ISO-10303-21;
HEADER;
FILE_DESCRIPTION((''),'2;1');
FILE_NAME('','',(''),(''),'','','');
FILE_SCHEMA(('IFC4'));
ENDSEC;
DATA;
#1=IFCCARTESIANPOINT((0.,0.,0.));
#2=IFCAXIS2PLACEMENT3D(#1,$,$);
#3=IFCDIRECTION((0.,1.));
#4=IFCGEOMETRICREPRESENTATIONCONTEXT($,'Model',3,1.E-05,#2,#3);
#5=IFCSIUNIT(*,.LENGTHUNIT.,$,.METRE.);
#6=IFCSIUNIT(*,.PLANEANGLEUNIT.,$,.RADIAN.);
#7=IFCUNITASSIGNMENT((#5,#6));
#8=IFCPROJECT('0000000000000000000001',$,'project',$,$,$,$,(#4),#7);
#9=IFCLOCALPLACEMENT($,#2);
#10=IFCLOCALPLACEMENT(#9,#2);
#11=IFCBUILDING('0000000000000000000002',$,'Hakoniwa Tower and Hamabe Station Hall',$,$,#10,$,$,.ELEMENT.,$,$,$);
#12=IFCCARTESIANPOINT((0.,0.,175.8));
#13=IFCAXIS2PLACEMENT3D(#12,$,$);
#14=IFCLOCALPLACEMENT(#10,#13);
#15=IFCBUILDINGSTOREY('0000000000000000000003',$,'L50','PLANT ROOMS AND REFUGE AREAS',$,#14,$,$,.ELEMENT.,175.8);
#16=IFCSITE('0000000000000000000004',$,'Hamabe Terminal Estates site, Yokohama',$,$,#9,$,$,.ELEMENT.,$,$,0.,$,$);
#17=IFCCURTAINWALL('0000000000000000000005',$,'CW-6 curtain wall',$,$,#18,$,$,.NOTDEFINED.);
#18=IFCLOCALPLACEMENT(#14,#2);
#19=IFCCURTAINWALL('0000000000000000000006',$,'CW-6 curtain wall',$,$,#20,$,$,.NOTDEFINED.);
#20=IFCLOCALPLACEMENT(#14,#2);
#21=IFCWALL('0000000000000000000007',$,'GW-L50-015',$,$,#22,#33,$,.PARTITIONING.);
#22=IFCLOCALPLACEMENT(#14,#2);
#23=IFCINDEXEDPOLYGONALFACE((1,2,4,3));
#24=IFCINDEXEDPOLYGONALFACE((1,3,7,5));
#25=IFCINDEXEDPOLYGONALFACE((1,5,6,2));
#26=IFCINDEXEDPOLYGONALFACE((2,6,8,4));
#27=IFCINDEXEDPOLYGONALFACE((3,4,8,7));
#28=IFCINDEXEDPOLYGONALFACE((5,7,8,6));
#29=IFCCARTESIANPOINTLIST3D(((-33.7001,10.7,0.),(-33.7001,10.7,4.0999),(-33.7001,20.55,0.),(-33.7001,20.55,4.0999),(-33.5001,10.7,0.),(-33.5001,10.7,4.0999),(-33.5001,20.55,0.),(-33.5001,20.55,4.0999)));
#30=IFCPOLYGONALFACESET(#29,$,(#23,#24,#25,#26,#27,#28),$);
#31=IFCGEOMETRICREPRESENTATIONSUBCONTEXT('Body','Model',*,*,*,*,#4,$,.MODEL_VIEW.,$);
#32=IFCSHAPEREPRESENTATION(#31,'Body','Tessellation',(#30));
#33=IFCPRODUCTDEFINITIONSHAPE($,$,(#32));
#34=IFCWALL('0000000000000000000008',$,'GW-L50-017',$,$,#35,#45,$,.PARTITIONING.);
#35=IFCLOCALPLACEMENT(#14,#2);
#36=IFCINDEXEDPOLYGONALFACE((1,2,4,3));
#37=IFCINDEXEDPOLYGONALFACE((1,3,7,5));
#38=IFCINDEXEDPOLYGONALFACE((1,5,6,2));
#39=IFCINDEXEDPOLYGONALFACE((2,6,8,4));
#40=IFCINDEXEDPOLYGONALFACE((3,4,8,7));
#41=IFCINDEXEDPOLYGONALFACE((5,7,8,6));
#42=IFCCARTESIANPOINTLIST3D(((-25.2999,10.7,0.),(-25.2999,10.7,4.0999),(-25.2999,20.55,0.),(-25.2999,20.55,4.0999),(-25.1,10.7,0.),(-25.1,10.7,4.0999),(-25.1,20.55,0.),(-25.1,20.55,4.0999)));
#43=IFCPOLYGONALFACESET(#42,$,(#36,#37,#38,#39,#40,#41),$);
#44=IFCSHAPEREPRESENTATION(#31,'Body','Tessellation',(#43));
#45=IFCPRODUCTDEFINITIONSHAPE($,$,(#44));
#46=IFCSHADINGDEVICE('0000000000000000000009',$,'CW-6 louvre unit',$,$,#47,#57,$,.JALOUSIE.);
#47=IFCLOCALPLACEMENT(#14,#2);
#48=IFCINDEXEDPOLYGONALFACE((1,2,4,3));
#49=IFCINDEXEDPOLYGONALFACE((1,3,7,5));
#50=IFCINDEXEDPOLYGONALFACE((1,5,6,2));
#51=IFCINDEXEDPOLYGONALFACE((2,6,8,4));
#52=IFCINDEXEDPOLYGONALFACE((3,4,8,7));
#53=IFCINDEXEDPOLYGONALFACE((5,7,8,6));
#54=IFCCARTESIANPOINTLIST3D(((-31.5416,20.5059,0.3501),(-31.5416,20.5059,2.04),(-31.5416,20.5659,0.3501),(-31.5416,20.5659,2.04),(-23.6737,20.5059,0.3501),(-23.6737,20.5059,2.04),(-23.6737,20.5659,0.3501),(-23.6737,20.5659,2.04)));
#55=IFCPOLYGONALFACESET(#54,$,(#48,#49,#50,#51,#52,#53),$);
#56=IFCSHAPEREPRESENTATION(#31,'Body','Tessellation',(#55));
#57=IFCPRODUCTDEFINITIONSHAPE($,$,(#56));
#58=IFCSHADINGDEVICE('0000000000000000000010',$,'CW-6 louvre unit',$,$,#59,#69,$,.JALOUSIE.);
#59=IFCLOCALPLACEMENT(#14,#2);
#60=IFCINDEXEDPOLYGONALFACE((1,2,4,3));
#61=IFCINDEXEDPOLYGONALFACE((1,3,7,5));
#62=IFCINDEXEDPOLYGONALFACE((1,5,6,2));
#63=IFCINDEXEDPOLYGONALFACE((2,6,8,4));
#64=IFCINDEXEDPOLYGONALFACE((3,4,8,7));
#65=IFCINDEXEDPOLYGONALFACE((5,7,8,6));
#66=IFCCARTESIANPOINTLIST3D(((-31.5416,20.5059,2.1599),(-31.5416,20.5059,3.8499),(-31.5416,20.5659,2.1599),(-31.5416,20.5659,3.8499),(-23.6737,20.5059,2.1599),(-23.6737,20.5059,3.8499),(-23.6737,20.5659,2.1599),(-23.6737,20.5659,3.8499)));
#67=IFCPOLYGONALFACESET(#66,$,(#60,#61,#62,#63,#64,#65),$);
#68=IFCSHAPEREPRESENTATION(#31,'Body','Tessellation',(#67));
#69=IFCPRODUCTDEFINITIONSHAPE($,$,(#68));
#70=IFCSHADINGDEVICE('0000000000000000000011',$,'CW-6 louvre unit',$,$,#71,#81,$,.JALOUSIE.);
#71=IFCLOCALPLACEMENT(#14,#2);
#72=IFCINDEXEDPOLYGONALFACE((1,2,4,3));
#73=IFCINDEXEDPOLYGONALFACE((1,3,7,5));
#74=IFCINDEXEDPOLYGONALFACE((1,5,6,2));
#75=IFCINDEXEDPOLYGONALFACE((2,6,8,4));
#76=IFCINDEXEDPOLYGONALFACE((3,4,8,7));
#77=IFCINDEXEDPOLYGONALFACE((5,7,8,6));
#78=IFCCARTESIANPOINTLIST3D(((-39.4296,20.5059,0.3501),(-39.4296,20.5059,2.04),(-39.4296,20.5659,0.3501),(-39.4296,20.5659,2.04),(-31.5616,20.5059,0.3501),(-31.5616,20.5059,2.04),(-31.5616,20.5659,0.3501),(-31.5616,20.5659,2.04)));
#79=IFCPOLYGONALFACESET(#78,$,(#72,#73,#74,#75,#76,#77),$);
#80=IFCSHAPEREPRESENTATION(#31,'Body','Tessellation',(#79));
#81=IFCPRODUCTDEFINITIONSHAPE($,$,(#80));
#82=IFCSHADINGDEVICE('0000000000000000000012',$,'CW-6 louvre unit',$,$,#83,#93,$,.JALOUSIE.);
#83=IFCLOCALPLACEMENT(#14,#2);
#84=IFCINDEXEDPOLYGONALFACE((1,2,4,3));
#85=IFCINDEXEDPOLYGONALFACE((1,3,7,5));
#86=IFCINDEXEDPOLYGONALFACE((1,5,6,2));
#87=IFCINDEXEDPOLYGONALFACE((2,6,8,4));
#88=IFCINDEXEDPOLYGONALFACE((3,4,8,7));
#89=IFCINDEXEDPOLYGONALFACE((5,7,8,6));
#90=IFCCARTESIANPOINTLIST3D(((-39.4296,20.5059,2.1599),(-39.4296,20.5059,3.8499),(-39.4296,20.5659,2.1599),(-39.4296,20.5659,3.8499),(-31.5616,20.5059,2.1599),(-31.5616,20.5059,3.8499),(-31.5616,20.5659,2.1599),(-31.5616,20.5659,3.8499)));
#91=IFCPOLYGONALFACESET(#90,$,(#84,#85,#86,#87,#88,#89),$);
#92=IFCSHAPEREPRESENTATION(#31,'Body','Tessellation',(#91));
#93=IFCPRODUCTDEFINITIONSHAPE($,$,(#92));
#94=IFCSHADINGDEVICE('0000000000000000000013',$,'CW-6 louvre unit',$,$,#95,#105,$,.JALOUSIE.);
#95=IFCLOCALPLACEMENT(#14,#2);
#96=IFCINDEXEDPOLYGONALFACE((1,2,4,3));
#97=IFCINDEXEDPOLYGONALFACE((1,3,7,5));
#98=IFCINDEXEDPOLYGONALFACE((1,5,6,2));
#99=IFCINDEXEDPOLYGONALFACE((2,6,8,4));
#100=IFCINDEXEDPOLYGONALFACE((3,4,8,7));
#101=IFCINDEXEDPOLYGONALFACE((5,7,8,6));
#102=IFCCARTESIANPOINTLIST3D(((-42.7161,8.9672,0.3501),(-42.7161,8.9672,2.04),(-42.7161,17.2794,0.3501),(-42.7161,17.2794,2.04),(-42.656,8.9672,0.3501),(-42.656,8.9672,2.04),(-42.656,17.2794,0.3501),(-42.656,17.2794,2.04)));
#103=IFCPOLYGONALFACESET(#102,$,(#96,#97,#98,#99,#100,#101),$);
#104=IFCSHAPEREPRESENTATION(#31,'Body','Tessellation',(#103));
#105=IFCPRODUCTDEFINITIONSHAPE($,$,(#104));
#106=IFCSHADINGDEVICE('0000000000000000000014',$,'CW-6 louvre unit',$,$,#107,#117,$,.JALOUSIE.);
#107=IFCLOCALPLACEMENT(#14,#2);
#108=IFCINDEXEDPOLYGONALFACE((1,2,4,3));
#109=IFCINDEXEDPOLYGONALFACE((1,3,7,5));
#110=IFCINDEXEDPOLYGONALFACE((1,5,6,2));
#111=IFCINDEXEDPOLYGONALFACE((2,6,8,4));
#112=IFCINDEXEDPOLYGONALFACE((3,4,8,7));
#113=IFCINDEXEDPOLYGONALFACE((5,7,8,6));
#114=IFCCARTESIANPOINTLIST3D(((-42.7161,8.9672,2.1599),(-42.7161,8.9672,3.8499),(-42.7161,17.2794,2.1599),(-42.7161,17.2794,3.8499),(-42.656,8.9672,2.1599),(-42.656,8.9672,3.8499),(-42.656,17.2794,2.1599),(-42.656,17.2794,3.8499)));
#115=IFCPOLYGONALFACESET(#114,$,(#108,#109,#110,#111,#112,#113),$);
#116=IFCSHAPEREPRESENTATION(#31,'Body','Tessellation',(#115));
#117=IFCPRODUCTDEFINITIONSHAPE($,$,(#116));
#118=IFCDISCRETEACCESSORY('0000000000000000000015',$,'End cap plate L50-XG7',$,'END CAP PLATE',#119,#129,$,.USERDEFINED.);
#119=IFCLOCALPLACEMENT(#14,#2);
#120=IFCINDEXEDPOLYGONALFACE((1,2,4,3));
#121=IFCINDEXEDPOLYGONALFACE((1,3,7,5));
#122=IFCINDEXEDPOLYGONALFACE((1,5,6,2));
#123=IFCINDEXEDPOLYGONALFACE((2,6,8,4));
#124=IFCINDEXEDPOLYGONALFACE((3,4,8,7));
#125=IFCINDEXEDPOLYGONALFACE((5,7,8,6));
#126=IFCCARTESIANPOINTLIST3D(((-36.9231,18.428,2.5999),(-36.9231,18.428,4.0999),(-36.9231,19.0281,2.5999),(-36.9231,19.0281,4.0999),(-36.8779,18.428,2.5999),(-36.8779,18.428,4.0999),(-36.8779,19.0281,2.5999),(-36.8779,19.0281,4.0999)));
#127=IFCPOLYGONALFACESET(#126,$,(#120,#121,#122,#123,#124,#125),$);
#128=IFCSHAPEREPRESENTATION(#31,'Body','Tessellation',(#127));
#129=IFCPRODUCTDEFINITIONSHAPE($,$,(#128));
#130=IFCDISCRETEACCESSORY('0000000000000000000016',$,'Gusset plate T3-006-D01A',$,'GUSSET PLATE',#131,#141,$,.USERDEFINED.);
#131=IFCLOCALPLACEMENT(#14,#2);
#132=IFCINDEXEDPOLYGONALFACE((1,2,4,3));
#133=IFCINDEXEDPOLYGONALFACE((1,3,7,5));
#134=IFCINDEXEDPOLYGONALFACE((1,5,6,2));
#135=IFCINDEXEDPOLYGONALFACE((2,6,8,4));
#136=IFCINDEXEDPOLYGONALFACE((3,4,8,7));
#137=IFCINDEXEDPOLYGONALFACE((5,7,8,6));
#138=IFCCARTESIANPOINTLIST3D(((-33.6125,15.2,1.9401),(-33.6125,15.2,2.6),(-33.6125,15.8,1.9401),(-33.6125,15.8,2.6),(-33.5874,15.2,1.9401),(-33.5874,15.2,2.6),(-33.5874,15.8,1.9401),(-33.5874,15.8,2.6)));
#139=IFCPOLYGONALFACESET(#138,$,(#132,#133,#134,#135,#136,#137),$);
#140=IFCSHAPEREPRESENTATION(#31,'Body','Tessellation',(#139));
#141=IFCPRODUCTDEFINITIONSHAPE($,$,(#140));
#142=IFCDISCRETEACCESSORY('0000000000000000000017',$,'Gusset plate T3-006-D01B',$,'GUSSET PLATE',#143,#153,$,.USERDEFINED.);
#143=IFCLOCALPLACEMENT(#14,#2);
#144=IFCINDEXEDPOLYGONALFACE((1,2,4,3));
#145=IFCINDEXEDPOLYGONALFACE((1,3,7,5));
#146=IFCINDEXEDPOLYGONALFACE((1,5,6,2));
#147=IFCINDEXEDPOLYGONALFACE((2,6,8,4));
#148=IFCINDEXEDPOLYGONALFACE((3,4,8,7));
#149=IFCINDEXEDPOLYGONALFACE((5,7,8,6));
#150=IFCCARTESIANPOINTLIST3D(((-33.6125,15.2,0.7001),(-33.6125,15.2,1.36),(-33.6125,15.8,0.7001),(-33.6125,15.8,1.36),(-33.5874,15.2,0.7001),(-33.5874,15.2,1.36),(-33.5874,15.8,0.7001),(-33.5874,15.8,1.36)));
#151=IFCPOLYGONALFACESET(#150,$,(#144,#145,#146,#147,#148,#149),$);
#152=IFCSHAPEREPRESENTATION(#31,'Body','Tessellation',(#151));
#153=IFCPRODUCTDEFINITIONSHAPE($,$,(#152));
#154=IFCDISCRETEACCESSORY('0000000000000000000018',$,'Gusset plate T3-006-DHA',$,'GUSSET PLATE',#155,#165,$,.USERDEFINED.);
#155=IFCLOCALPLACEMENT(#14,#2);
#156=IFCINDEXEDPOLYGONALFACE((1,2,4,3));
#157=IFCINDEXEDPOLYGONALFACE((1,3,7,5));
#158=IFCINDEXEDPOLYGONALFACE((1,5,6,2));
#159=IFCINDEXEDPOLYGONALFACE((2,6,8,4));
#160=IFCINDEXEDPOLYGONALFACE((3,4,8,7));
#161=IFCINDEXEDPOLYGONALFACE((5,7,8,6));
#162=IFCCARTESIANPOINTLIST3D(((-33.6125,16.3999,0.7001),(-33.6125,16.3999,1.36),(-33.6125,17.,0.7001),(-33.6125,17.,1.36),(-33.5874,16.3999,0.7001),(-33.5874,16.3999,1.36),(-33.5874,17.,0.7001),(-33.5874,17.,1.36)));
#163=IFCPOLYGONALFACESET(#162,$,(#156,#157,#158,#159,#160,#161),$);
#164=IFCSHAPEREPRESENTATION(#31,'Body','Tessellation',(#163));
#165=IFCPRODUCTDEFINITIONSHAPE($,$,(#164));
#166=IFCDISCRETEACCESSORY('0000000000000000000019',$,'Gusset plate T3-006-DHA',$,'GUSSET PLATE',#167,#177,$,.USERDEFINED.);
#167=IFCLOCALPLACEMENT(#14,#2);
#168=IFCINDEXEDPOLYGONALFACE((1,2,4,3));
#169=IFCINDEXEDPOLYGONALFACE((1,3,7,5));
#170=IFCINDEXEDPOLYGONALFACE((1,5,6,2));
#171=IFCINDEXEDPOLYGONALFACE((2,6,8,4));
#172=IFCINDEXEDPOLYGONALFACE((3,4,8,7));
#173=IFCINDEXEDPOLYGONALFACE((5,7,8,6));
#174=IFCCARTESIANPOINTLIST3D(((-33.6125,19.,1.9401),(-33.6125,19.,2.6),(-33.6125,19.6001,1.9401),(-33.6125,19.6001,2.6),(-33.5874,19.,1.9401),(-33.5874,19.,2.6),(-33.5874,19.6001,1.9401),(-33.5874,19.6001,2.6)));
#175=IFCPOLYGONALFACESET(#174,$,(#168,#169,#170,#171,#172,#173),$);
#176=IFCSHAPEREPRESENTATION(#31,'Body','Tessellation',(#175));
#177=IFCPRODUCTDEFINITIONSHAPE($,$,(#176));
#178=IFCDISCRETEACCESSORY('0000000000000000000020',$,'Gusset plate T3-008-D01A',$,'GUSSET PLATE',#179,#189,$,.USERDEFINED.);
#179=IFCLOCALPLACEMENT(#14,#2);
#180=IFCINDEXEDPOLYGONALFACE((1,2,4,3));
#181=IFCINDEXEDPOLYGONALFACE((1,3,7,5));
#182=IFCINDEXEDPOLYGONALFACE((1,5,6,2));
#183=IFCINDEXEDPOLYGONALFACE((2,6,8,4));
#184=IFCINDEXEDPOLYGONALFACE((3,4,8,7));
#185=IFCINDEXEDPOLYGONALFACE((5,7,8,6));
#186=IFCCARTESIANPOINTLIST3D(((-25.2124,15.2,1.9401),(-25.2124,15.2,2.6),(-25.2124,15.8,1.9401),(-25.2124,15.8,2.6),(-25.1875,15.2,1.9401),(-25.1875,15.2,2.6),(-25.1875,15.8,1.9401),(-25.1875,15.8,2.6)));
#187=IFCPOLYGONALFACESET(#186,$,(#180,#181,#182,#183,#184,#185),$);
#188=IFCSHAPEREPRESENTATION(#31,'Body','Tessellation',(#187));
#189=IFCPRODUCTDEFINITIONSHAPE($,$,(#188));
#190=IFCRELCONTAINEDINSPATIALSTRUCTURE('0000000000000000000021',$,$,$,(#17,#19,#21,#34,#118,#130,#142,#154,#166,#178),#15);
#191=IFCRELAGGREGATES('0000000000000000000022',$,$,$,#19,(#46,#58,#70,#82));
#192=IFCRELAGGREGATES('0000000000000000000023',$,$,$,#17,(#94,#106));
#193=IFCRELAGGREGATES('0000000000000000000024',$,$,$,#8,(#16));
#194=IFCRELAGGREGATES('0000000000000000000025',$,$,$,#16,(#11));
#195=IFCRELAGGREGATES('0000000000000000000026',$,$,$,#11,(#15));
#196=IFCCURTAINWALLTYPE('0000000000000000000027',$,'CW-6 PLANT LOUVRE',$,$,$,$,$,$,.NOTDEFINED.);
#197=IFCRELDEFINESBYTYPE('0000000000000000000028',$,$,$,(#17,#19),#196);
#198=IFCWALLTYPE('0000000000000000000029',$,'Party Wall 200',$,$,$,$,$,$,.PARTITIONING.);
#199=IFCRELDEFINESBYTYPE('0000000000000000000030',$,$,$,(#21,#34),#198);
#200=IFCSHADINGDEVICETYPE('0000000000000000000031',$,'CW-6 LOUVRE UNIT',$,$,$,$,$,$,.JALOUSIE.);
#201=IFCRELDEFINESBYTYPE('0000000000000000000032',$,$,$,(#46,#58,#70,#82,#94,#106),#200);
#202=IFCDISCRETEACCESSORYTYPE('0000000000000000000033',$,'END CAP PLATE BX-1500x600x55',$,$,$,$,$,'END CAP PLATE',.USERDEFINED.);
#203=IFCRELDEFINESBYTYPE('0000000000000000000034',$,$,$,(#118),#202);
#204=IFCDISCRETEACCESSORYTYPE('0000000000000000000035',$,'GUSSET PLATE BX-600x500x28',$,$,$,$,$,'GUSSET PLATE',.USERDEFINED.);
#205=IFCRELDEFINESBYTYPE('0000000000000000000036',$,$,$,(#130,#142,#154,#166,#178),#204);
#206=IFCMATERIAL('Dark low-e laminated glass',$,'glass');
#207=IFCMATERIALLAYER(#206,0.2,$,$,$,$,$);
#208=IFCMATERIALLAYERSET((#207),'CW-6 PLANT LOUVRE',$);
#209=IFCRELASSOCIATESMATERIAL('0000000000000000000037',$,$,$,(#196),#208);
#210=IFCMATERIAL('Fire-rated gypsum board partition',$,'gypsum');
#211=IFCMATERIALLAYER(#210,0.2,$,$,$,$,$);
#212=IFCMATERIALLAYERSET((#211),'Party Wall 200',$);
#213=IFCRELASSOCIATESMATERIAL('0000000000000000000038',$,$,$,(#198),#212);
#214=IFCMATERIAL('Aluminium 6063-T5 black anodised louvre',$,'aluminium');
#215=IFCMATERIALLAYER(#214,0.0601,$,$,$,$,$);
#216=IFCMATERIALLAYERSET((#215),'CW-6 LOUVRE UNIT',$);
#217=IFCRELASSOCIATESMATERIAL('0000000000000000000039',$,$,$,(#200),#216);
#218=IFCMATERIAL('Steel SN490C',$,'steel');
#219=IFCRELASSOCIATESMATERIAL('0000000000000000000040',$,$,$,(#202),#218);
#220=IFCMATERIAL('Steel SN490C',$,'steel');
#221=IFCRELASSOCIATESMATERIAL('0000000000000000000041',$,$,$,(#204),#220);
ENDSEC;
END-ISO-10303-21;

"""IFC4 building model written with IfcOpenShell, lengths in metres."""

from ifc_helpers import new_model, si_unit, direction, frame, frame_2d, origin, origin_2d, place, context, subcontext, project, spatial, rectangle, extrude, material, layer, layer_set, material_profile, profile_set, type_object, element, aggregate, save


model = new_model("IFC4")

# Units and contexts
model_context = context("Model", 3, precision=1e-05, world=origin(), true_north=direction((0.0, 1.0)))
body_context = subcontext(model_context, "Body", "Model", "MODEL_VIEW")
ifc_project = project(units=[si_unit("LENGTHUNIT", "METRE"), si_unit("PLANEANGLEUNIT", "RADIAN")], contexts=[model_context])

# Site, building, storey
site_placement = place(None, origin())
site = spatial("IfcSite", under=ifc_project, at=site_placement, Name="Hamabe Terminal Estates site, Yokohama", CompositionType="ELEMENT", RefElevation=0.0)
building_placement = place(site_placement, origin())
building = spatial("IfcBuilding", under=site, at=building_placement, Name="Hakoniwa Tower and Hamabe Station Hall", CompositionType="ELEMENT")
storey_placement = place(building_placement, frame((0.0, 0.0, 175.8)))
storey = spatial("IfcBuildingStorey", under=building, at=storey_placement, Name="L50", Description="PLANT ROOMS AND REFUGE AREAS", CompositionType="ELEMENT", Elevation=175.8)

# Curtain walls
ifc_material_1 = material(Name="Dark low-e laminated glass", Category="glass")
ifc_layer_1 = layer(ifc_material_1, 0.2)
ifc_layer_set_1 = layer_set([ifc_layer_1], Name="CW-6 PLANT LOUVRE")
curtain_wall_type = type_object("IfcCurtainWallType", Name="CW-6 PLANT LOUVRE", PredefinedType="NOTDEFINED", material=ifc_layer_set_1)
curtain_wall_1_placement = place(storey_placement, origin())
curtain_wall_1 = element("IfcCurtainWall", 1, at=curtain_wall_1_placement, inside=storey, type_object=curtain_wall_type, Name="CW-6 curtain wall", PredefinedType="NOTDEFINED")
curtain_wall_2_placement = place(storey_placement, origin())
curtain_wall_2 = element("IfcCurtainWall", 2, at=curtain_wall_2_placement, inside=storey, type_object=curtain_wall_type, Name="CW-6 curtain wall", PredefinedType="NOTDEFINED")

# Walls
ifc_material_2 = material(Name="Fire-rated gypsum board partition", Category="gypsum")
ifc_layer_2 = layer(ifc_material_2, 0.2)
ifc_layer_set_2 = layer_set([ifc_layer_2], Name="Party Wall 200")
wall_type_1 = type_object("IfcWallType", Name="Party Wall 200", PredefinedType="PARTITIONING", material=ifc_layer_set_2)
for number, where, z_axis, x_axis, name in (
    (3, (-33.6001, 10.7, 0.0), (0.0, 0.0, 1.0), (0.0, 1.0, 0.0), "GW-L50-015"),
    (4, (-25.2, 10.7, 0.0), (0.0, 0.0, 1.0), (0.0, 1.0, 0.0), "GW-L50-017"),
):
    element("IfcWall", number, at=place(storey_placement, frame(where, z_axis=z_axis, x_axis=x_axis)), inside=storey, type_object=wall_type_1, Name=name, PredefinedType="PARTITIONING", context=body_context, shape_type="SweptSolid", body=[
        extrude(rectangle(XDim=9.8501, YDim=0.2, at=frame_2d((4.925, 0.0))), origin(), (0.0, 0.0, 1.0), 4.0999),
    ])

# Shading devices
ifc_material_3 = material(Name="Aluminium 6063-T5 black anodised louvre", Category="aluminium")
ifc_layer_3 = layer(ifc_material_3, 0.0601)
ifc_layer_set_3 = layer_set([ifc_layer_3], Name="CW-6 LOUVRE UNIT")
shading_device_type = type_object("IfcShadingDeviceType", Name="CW-6 LOUVRE UNIT", PredefinedType="JALOUSIE", material=ifc_layer_set_3)
shading_device_1_placement = place(storey_placement, frame((-27.6077, 20.5359, 0.3501), z_axis=(0.0, 0.0, 1.0), x_axis=(-1.0, 0.0, 0.0)))
shading_device_1 = element("IfcShadingDevice", 5, at=shading_device_1_placement, type_object=shading_device_type, Name="CW-6 louvre unit", PredefinedType="JALOUSIE", context=body_context, shape_type="SweptSolid", body=[
    extrude(rectangle(XDim=7.8679, YDim=0.0601, at=origin_2d()), origin(), (0.0, 0.0, 1.0), 1.6899),
])
shading_device_2_placement = place(storey_placement, frame((-27.6077, 20.5359, 2.1599), z_axis=(0.0, 0.0, 1.0), x_axis=(-1.0, 0.0, 0.0)))
shading_device_2 = element("IfcShadingDevice", 6, at=shading_device_2_placement, type_object=shading_device_type, Name="CW-6 louvre unit", PredefinedType="JALOUSIE", context=body_context, shape_type="SweptSolid", body=[
    extrude(rectangle(XDim=7.8679, YDim=0.0601, at=origin_2d()), origin(), (0.0, 0.0, 1.0), 1.6899),
])
shading_device_3_placement = place(storey_placement, frame((-35.4956, 20.5359, 0.3501), z_axis=(0.0, 0.0, 1.0), x_axis=(-1.0, 0.0, 0.0)))
shading_device_3 = element("IfcShadingDevice", 7, at=shading_device_3_placement, type_object=shading_device_type, Name="CW-6 louvre unit", PredefinedType="JALOUSIE", context=body_context, shape_type="SweptSolid", body=[
    extrude(rectangle(XDim=7.8679, YDim=0.0601, at=origin_2d()), origin(), (0.0, 0.0, 1.0), 1.6899),
])
shading_device_4_placement = place(storey_placement, frame((-35.4956, 20.5359, 2.1599), z_axis=(0.0, 0.0, 1.0), x_axis=(-1.0, 0.0, 0.0)))
shading_device_4 = element("IfcShadingDevice", 8, at=shading_device_4_placement, type_object=shading_device_type, Name="CW-6 louvre unit", PredefinedType="JALOUSIE", context=body_context, shape_type="SweptSolid", body=[
    extrude(rectangle(XDim=7.8679, YDim=0.0601, at=origin_2d()), origin(), (0.0, 0.0, 1.0), 1.6899),
])
aggregate(curtain_wall_2, [shading_device_1, shading_device_2, shading_device_3, shading_device_4])
shading_device_5_placement = place(storey_placement, frame((-42.686, 13.1233, 0.3501), z_axis=(0.0, 0.0, 1.0), x_axis=(0.0, -1.0, 0.0)))
shading_device_5 = element("IfcShadingDevice", 9, at=shading_device_5_placement, type_object=shading_device_type, Name="CW-6 louvre unit", PredefinedType="JALOUSIE", context=body_context, shape_type="SweptSolid", body=[
    extrude(rectangle(XDim=8.3123, YDim=0.0601, at=origin_2d()), origin(), (0.0, 0.0, 1.0), 1.6899),
])
shading_device_6_placement = place(storey_placement, frame((-42.686, 13.1233, 2.1599), z_axis=(0.0, 0.0, 1.0), x_axis=(0.0, -1.0, 0.0)))
shading_device_6 = element("IfcShadingDevice", 10, at=shading_device_6_placement, type_object=shading_device_type, Name="CW-6 louvre unit", PredefinedType="JALOUSIE", context=body_context, shape_type="SweptSolid", body=[
    extrude(rectangle(XDim=8.3123, YDim=0.0601, at=origin_2d()), origin(), (0.0, 0.0, 1.0), 1.6899),
])
aggregate(curtain_wall_1, [shading_device_5, shading_device_6])

# Discrete accessories
ifc_material_4 = material(Name="Steel SN490C", Category="steel")
ifc_material_profile_1 = material_profile(ifc_material_4, rectangle(XDim=0.6001, YDim=1.5, at=origin_2d()), Name="END CAP PLATE BX-1500x600x55")
ifc_profile_set_1 = profile_set([ifc_material_profile_1], Name="Steel SN490C")
discrete_accessory_type_1 = type_object("IfcDiscreteAccessoryType", Name="END CAP PLATE BX-1500x600x55", ElementType="END CAP PLATE", PredefinedType="USERDEFINED", material=ifc_profile_set_1)
discrete_accessory_1_placement = place(storey_placement, frame((-36.9231, 18.728, 3.3499), z_axis=(1.0, 0.0, 0.0), x_axis=(0.0, 1.0, 0.0)))
element("IfcDiscreteAccessory", 11, at=discrete_accessory_1_placement, inside=storey, type_object=discrete_accessory_type_1, Name="End cap plate L50-XG7", ObjectType="END CAP PLATE", PredefinedType="USERDEFINED", context=body_context, shape_type="SweptSolid", body=[
    extrude(rectangle(XDim=0.6001, YDim=1.5, at=origin_2d()), origin(), (0.0, 0.0, 1.0), 0.0452),
])
ifc_material_5 = material(Name="Steel SN490C", Category="steel")
ifc_material_profile_2 = material_profile(ifc_material_5, rectangle(XDim=0.6001, YDim=0.6599, at=origin_2d()), Name="GUSSET PLATE BX-600x500x28")
ifc_profile_set_2 = profile_set([ifc_material_profile_2], Name="Steel SN490C")
discrete_accessory_type_2 = type_object("IfcDiscreteAccessoryType", Name="GUSSET PLATE BX-600x500x28", ElementType="GUSSET PLATE", PredefinedType="USERDEFINED", material=ifc_profile_set_2)
for number, where, z_axis, x_axis, name in (
    (12, (-33.5874, 15.5, 2.27), (-1.0, 0.0, 0.0), (0.0, -1.0, 0.0), "Gusset plate T3-006-D01A"),
    (13, (-33.5874, 15.5, 1.03), (-1.0, 0.0, 0.0), (0.0, -1.0, 0.0), "Gusset plate T3-006-D01B"),
    (14, (-33.5874, 16.7, 1.03), (-1.0, 0.0, 0.0), (0.0, -1.0, 0.0), "Gusset plate T3-006-DHA"),
    (15, (-33.5874, 19.3, 2.27), (-1.0, 0.0, 0.0), (0.0, -1.0, 0.0), "Gusset plate T3-006-DHA"),
):
    element("IfcDiscreteAccessory", number, at=place(storey_placement, frame(where, z_axis=z_axis, x_axis=x_axis)), inside=storey, type_object=discrete_accessory_type_2, Name=name, ObjectType="GUSSET PLATE", PredefinedType="USERDEFINED", context=body_context, shape_type="SweptSolid", body=[
        extrude(rectangle(XDim=0.6001, YDim=0.6599, at=origin_2d()), origin(), (0.0, 0.0, 1.0), 0.0251),
    ])
discrete_accessory_2_placement = place(storey_placement, frame((-25.1875, 15.5, 2.27), z_axis=(-1.0, 0.0, 0.0), x_axis=(0.0, -1.0, 0.0)))
element("IfcDiscreteAccessory", 16, at=discrete_accessory_2_placement, inside=storey, type_object=discrete_accessory_type_2, Name="Gusset plate T3-008-D01A", ObjectType="GUSSET PLATE", PredefinedType="USERDEFINED", context=body_context, shape_type="SweptSolid", body=[
    extrude(rectangle(XDim=0.6001, YDim=0.6599, at=origin_2d()), origin(), (0.0, 0.0, 1.0), 0.0249),
])

save(model, "model.ifc")
